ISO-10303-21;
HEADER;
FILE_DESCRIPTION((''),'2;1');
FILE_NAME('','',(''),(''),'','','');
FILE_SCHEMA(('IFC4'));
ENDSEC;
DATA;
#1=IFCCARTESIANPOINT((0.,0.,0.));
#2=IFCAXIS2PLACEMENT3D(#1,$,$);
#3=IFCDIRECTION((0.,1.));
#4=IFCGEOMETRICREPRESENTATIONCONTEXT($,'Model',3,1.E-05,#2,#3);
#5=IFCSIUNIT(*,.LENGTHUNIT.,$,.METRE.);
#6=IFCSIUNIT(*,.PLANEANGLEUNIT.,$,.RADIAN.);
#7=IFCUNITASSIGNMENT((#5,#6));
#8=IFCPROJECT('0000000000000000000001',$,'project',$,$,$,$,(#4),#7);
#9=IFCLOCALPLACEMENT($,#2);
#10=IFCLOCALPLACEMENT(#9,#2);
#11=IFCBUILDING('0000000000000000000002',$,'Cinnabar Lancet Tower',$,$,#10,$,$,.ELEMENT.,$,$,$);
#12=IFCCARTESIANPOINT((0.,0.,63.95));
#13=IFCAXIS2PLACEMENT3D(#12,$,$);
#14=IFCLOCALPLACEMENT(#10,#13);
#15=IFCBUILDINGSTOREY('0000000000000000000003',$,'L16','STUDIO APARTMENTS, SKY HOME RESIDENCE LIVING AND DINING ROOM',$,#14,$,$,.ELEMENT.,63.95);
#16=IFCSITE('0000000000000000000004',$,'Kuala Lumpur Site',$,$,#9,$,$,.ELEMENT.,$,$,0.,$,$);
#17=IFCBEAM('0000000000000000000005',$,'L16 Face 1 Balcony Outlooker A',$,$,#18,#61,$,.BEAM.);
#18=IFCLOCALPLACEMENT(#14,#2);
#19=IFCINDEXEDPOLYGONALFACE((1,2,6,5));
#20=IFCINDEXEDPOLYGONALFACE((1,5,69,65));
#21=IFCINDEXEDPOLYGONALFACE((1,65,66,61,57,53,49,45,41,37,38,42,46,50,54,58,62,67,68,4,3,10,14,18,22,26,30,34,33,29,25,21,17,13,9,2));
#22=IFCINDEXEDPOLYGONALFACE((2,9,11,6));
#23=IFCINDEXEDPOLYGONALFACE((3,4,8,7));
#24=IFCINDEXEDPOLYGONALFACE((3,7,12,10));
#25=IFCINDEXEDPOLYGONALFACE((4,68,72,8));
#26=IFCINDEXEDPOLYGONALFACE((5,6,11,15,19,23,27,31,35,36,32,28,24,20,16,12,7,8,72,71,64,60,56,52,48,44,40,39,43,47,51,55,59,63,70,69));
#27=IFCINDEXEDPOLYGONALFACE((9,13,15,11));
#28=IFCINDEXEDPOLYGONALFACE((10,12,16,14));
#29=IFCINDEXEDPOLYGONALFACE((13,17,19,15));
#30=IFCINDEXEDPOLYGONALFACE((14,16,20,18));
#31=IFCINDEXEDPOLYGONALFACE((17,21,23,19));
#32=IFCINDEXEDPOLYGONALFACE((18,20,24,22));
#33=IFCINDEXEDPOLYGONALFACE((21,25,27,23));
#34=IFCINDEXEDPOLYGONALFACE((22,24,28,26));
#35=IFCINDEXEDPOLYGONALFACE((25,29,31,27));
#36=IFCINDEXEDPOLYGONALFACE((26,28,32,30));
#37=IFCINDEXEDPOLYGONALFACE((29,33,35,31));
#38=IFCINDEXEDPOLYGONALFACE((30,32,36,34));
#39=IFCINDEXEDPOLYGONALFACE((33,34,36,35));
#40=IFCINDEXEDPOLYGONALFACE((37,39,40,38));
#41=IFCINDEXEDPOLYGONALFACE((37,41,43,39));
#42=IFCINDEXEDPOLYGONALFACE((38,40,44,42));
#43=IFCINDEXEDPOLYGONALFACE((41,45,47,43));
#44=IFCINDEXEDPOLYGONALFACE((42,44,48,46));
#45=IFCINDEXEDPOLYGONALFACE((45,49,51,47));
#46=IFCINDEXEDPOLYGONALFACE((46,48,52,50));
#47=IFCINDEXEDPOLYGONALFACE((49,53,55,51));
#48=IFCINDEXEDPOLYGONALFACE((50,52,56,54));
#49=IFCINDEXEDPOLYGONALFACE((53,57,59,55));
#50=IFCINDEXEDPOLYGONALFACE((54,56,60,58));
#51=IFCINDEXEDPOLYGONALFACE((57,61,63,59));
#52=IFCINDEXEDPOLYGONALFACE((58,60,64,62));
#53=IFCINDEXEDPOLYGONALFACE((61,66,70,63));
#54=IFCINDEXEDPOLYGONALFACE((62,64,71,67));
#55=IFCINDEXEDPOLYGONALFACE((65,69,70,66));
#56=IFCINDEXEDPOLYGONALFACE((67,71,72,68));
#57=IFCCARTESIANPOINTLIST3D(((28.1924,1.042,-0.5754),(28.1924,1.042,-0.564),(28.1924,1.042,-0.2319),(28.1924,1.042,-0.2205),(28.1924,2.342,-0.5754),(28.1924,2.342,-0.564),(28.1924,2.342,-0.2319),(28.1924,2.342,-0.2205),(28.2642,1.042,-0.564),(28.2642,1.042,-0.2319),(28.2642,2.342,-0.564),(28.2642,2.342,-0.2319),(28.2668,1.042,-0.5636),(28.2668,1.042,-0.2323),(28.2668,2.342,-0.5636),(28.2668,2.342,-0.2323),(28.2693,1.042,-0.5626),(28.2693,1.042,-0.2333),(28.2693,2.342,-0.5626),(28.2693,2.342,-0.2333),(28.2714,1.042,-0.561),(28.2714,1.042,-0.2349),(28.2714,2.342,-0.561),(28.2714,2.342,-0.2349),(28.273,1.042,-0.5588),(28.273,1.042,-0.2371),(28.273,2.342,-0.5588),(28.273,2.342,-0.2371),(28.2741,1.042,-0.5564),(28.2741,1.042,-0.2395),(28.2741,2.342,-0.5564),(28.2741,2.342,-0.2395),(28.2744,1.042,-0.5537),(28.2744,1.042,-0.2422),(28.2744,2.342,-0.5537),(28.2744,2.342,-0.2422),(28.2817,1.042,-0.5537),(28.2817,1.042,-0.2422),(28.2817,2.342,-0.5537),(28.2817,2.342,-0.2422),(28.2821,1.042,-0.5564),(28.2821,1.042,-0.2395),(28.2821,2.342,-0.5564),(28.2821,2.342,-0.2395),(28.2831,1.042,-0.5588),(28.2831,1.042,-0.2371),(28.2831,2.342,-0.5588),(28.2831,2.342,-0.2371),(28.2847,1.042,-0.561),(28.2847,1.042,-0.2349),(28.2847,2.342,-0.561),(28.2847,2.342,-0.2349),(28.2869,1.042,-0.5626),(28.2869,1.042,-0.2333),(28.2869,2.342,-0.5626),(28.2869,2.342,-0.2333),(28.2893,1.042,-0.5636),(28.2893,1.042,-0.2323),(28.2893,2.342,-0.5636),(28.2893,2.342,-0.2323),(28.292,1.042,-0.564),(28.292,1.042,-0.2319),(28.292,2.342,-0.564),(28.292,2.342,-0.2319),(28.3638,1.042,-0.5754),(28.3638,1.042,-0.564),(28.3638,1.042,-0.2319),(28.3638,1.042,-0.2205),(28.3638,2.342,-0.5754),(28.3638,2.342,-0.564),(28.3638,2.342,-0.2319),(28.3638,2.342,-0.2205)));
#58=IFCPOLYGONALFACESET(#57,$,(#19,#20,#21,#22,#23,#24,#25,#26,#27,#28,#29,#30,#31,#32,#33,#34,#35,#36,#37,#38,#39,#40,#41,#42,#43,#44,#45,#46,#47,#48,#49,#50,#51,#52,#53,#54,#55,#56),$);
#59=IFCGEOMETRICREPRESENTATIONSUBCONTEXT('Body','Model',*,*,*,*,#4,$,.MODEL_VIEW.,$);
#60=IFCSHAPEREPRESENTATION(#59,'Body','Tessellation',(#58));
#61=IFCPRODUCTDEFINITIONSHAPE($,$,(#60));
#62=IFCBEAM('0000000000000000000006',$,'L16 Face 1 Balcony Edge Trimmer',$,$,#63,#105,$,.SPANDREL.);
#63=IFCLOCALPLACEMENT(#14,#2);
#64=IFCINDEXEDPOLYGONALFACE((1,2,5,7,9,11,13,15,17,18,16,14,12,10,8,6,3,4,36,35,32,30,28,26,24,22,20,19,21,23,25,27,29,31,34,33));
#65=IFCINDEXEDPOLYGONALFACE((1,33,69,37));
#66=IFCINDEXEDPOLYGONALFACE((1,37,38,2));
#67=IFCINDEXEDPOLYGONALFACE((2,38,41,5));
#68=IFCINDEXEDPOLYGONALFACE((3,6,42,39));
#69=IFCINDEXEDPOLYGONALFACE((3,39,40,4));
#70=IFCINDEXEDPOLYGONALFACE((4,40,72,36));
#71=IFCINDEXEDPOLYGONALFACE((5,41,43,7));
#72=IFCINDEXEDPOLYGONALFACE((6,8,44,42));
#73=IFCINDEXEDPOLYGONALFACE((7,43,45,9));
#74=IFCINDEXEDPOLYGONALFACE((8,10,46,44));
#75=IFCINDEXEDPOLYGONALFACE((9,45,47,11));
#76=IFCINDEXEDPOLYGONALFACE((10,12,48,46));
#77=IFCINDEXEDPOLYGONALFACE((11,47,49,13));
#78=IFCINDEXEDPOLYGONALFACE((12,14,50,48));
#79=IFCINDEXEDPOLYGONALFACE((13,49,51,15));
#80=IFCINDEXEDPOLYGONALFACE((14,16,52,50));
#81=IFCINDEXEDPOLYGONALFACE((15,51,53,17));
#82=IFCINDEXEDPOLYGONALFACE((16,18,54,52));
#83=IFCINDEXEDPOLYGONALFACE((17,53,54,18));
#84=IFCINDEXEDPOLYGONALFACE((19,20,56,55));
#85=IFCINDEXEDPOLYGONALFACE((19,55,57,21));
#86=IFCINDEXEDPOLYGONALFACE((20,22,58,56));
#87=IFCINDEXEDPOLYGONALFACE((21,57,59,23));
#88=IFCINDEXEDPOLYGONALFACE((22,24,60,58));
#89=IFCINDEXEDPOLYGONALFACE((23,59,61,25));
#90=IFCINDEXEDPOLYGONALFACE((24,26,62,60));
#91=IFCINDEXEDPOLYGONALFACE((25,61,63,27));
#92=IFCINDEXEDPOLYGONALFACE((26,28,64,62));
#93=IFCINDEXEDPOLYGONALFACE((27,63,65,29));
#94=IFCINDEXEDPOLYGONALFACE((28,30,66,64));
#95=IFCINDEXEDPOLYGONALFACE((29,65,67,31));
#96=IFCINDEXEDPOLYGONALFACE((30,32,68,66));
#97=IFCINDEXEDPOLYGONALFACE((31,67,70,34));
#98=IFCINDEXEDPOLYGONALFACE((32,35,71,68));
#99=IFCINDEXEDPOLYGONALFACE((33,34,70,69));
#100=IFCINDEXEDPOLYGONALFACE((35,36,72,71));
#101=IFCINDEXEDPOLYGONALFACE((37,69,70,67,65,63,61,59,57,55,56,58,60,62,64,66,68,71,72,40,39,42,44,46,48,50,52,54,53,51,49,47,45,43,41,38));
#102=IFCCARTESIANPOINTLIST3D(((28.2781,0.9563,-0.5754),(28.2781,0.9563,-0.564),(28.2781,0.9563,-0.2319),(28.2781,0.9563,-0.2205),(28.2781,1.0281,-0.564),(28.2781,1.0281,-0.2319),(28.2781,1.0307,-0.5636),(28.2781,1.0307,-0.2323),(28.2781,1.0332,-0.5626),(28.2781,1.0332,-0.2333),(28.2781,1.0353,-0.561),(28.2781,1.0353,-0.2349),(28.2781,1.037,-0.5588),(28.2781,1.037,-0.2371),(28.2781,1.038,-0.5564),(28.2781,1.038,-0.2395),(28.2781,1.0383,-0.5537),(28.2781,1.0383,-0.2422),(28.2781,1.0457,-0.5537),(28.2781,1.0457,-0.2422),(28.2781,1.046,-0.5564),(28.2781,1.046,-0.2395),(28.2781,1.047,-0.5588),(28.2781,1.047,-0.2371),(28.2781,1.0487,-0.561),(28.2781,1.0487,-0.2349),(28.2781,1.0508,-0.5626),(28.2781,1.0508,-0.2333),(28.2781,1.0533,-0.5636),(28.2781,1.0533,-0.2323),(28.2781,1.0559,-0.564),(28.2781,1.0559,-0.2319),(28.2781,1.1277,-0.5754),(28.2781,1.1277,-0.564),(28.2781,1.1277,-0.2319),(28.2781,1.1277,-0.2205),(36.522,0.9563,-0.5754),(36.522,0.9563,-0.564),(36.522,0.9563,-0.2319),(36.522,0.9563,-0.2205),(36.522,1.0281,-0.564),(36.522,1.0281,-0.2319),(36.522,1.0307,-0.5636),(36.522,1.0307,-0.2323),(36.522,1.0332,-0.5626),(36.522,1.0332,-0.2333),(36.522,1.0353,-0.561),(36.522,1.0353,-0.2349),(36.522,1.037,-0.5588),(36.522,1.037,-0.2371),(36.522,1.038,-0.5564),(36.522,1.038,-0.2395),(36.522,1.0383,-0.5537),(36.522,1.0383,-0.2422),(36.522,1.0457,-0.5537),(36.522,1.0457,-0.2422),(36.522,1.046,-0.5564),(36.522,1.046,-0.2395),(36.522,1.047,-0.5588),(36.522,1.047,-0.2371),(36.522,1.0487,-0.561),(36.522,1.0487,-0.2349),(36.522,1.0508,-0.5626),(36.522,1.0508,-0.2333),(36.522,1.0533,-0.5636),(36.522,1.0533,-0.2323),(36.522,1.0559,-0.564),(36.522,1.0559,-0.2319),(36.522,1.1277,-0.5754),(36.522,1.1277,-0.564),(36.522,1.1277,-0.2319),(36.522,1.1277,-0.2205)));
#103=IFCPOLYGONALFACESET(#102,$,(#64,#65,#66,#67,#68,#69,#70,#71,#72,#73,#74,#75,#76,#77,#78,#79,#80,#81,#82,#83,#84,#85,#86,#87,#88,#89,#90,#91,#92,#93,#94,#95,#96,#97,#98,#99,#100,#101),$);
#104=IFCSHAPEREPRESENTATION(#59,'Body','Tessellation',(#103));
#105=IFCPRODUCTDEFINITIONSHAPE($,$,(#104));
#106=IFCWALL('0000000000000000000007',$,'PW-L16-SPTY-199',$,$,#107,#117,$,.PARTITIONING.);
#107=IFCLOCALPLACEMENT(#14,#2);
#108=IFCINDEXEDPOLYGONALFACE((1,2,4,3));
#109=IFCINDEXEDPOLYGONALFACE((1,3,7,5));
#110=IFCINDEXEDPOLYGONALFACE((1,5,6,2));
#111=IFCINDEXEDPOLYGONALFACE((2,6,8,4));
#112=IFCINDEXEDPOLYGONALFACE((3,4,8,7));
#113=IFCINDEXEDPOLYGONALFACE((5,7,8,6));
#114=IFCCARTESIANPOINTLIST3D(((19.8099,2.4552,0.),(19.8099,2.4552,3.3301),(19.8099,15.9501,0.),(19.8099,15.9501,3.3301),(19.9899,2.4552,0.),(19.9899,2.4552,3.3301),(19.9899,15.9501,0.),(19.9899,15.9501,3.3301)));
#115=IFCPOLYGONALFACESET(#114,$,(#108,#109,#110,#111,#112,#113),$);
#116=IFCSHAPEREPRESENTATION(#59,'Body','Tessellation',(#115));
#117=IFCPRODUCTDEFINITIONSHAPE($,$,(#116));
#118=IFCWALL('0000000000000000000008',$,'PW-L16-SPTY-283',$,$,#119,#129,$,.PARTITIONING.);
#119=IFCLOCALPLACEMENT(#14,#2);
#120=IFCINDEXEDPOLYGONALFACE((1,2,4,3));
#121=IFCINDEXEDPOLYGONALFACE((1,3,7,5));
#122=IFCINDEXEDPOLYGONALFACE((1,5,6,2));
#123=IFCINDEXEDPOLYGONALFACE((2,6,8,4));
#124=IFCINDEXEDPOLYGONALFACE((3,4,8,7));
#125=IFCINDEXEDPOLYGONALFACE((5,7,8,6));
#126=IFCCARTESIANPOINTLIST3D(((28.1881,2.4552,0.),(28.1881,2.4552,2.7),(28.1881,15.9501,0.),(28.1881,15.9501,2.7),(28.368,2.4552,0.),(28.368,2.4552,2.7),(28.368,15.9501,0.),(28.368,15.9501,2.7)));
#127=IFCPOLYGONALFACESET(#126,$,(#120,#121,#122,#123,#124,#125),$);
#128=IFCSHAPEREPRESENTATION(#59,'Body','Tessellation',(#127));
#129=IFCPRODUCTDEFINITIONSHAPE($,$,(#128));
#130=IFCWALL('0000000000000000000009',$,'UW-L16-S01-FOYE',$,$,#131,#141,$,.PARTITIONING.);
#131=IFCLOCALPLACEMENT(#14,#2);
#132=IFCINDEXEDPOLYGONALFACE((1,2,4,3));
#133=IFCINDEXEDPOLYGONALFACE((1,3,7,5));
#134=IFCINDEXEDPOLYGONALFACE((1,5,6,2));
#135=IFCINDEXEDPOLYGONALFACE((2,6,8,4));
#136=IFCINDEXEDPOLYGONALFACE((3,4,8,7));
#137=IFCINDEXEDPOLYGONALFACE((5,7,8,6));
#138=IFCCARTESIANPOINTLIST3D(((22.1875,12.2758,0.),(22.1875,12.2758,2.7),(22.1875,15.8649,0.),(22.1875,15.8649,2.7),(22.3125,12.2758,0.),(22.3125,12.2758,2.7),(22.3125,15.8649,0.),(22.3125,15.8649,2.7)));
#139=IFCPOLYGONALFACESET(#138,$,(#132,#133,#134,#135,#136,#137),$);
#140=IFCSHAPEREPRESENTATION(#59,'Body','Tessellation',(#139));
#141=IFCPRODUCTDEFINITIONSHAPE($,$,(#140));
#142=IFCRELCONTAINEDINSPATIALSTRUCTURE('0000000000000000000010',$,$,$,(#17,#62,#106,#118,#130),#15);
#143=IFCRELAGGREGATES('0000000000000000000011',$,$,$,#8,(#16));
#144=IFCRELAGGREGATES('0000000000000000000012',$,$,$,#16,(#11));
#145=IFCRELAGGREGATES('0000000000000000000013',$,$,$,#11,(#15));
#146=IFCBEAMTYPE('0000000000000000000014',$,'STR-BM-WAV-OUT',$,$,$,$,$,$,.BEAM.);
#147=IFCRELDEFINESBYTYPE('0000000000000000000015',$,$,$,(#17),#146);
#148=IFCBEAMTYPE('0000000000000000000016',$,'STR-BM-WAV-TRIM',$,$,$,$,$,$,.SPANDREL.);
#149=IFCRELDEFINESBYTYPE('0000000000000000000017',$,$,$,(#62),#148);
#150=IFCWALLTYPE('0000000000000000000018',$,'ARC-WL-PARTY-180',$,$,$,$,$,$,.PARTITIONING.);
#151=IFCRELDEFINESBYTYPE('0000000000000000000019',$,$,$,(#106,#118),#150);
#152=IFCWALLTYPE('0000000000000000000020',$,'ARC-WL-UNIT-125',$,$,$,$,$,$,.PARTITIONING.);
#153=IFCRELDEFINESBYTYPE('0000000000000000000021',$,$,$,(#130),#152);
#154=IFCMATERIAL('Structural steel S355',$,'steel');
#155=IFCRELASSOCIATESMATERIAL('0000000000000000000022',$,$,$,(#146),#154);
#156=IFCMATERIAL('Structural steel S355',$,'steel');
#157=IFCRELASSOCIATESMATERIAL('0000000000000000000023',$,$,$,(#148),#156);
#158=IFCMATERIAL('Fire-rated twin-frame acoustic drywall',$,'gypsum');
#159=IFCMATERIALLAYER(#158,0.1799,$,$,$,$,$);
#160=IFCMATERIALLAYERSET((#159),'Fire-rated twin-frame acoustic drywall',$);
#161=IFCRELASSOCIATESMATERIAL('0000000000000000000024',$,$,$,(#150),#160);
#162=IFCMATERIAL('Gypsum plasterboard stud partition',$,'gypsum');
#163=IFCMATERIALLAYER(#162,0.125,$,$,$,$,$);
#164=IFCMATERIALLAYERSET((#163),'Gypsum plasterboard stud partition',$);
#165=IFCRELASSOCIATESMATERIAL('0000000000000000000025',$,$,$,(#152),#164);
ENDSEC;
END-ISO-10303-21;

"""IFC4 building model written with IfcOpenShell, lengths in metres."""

from ifc_helpers import new_model, si_unit, direction, frame, frame_2d, origin, origin_2d, place, context, subcontext, project, spatial, rectangle, i_section, extrude, material, layer, layer_set, material_profile, profile_set, type_object, element, save


model = new_model("IFC4")

# Units and contexts
model_context = context("Model", 3, precision=1e-05, world=origin(), true_north=direction((0.0, 1.0)))
body_context = subcontext(model_context, "Body", "Model", "MODEL_VIEW")
ifc_project = project(units=[si_unit("LENGTHUNIT", "METRE"), si_unit("PLANEANGLEUNIT", "RADIAN")], contexts=[model_context])

# Site, building, storey
site_placement = place(None, origin())
site = spatial("IfcSite", under=ifc_project, at=site_placement, Name="Kuala Lumpur Site", CompositionType="ELEMENT", RefElevation=0.0)
building_placement = place(site_placement, origin())
building = spatial("IfcBuilding", under=site, at=building_placement, Name="Cinnabar Lancet Tower", CompositionType="ELEMENT")
storey_placement = place(building_placement, frame((0.0, 0.0, 63.95)))
storey = spatial("IfcBuildingStorey", under=building, at=storey_placement, Name="L16", Description="STUDIO APARTMENTS, SKY HOME RESIDENCE LIVING AND DINING ROOM", CompositionType="ELEMENT", Elevation=63.95)

# Beams
ifc_material_1 = material(Name="Structural steel S355", Category="steel")
ifc_material_profile_1 = material_profile(ifc_material_1, i_section(OverallWidth=0.1714, OverallDepth=0.355, WebThickness=0.0073, FlangeThickness=0.0115, FilletRadius=0.0103, at=origin_2d()), Name="UKB 356x171x51")
ifc_profile_set_1 = profile_set([ifc_material_profile_1], Name="Structural steel S355")
beam_type_1 = type_object("IfcBeamType", Name="STR-BM-WAV-OUT", PredefinedType="BEAM", material=ifc_profile_set_1)
beam_1_placement = place(storey_placement, frame((28.2781, 2.342, -0.3979), z_axis=(0.0, -1.0, 0.0), x_axis=(1.0, 0.0, 0.0)))
element("IfcBeam", 1, at=beam_1_placement, inside=storey, type_object=beam_type_1, Name="L16 Face 1 Balcony Outlooker A", PredefinedType="BEAM", context=body_context, shape_type="SweptSolid", body=[
    extrude(i_section(OverallWidth=0.1714, OverallDepth=0.355, WebThickness=0.0073, FlangeThickness=0.0115, FilletRadius=0.0103, at=origin_2d()), origin(), (0.0, 0.0, 1.0), 1.3),
])
ifc_material_2 = material(Name="Structural steel S355", Category="steel")
ifc_material_profile_2 = material_profile(ifc_material_2, i_section(OverallWidth=0.1714, OverallDepth=0.355, WebThickness=0.0073, FlangeThickness=0.0115, FilletRadius=0.0103, at=origin_2d()), Name="UKB 356x171x51")
ifc_profile_set_2 = profile_set([ifc_material_profile_2], Name="Structural steel S355")
beam_type_2 = type_object("IfcBeamType", Name="STR-BM-WAV-TRIM", PredefinedType="SPANDREL", material=ifc_profile_set_2)
beam_2_placement = place(storey_placement, frame((28.2781, 1.042, -0.3979), z_axis=(1.0, 0.0, 0.0), x_axis=(0.0, 1.0, 0.0)))
element("IfcBeam", 2, at=beam_2_placement, inside=storey, type_object=beam_type_2, Name="L16 Face 1 Balcony Edge Trimmer", PredefinedType="SPANDREL", context=body_context, shape_type="SweptSolid", body=[
    extrude(i_section(OverallWidth=0.1714, OverallDepth=0.355, WebThickness=0.0073, FlangeThickness=0.0115, FilletRadius=0.0103, at=origin_2d()), origin(), (0.0, 0.0, 1.0), 8.2439),
])

# Walls
ifc_material_3 = material(Name="Fire-rated twin-frame acoustic drywall", Category="gypsum")
ifc_layer_1 = layer(ifc_material_3, 0.1799)
ifc_layer_set_1 = layer_set([ifc_layer_1], Name="Fire-rated twin-frame acoustic drywall")
wall_type_1 = type_object("IfcWallType", Name="ARC-WL-PARTY-180", PredefinedType="PARTITIONING", material=ifc_layer_set_1)
wall_1_placement = place(storey_placement, frame((19.8999, 2.4551, 0.0), z_axis=(0.0, 0.0, 1.0), x_axis=(0.0, 1.0, 0.0)))
element("IfcWall", 3, at=wall_1_placement, inside=storey, type_object=wall_type_1, Name="PW-L16-SPTY-199", PredefinedType="PARTITIONING", context=body_context, shape_type="SweptSolid", body=[
    extrude(rectangle(XDim=13.4949, YDim=0.1799, at=frame_2d((6.7476, 0.0))), origin(), (0.0, 0.0, 1.0), 3.3301),
])
wall_2_placement = place(storey_placement, frame((28.2781, 2.4551, 0.0), z_axis=(0.0, 0.0, 1.0), x_axis=(0.0, 1.0, 0.0)))
element("IfcWall", 4, at=wall_2_placement, inside=storey, type_object=wall_type_1, Name="PW-L16-SPTY-283", PredefinedType="PARTITIONING", context=body_context, shape_type="SweptSolid", body=[
    extrude(rectangle(XDim=13.4949, YDim=0.1799, at=frame_2d((6.7476, 0.0))), origin(), (0.0, 0.0, 1.0), 2.7),
])
ifc_material_4 = material(Name="Gypsum plasterboard stud partition", Category="gypsum")
ifc_layer_2 = layer(ifc_material_4, 0.125)
ifc_layer_set_2 = layer_set([ifc_layer_2], Name="Gypsum plasterboard stud partition")
wall_type_2 = type_object("IfcWallType", Name="ARC-WL-UNIT-125", PredefinedType="PARTITIONING", material=ifc_layer_set_2)
wall_3_placement = place(storey_placement, frame((22.25, 12.2759, 0.0), z_axis=(0.0, 0.0, 1.0), x_axis=(0.0, 1.0, 0.0)))
element("IfcWall", 5, at=wall_3_placement, inside=storey, type_object=wall_type_2, Name="UW-L16-S01-FOYE", PredefinedType="PARTITIONING", context=body_context, shape_type="SweptSolid", body=[
    extrude(rectangle(XDim=3.5891, YDim=0.125, at=frame_2d((1.7944, 0.0))), origin(), (0.0, 0.0, 1.0), 2.7),
])

save(model, "model.ifc")
